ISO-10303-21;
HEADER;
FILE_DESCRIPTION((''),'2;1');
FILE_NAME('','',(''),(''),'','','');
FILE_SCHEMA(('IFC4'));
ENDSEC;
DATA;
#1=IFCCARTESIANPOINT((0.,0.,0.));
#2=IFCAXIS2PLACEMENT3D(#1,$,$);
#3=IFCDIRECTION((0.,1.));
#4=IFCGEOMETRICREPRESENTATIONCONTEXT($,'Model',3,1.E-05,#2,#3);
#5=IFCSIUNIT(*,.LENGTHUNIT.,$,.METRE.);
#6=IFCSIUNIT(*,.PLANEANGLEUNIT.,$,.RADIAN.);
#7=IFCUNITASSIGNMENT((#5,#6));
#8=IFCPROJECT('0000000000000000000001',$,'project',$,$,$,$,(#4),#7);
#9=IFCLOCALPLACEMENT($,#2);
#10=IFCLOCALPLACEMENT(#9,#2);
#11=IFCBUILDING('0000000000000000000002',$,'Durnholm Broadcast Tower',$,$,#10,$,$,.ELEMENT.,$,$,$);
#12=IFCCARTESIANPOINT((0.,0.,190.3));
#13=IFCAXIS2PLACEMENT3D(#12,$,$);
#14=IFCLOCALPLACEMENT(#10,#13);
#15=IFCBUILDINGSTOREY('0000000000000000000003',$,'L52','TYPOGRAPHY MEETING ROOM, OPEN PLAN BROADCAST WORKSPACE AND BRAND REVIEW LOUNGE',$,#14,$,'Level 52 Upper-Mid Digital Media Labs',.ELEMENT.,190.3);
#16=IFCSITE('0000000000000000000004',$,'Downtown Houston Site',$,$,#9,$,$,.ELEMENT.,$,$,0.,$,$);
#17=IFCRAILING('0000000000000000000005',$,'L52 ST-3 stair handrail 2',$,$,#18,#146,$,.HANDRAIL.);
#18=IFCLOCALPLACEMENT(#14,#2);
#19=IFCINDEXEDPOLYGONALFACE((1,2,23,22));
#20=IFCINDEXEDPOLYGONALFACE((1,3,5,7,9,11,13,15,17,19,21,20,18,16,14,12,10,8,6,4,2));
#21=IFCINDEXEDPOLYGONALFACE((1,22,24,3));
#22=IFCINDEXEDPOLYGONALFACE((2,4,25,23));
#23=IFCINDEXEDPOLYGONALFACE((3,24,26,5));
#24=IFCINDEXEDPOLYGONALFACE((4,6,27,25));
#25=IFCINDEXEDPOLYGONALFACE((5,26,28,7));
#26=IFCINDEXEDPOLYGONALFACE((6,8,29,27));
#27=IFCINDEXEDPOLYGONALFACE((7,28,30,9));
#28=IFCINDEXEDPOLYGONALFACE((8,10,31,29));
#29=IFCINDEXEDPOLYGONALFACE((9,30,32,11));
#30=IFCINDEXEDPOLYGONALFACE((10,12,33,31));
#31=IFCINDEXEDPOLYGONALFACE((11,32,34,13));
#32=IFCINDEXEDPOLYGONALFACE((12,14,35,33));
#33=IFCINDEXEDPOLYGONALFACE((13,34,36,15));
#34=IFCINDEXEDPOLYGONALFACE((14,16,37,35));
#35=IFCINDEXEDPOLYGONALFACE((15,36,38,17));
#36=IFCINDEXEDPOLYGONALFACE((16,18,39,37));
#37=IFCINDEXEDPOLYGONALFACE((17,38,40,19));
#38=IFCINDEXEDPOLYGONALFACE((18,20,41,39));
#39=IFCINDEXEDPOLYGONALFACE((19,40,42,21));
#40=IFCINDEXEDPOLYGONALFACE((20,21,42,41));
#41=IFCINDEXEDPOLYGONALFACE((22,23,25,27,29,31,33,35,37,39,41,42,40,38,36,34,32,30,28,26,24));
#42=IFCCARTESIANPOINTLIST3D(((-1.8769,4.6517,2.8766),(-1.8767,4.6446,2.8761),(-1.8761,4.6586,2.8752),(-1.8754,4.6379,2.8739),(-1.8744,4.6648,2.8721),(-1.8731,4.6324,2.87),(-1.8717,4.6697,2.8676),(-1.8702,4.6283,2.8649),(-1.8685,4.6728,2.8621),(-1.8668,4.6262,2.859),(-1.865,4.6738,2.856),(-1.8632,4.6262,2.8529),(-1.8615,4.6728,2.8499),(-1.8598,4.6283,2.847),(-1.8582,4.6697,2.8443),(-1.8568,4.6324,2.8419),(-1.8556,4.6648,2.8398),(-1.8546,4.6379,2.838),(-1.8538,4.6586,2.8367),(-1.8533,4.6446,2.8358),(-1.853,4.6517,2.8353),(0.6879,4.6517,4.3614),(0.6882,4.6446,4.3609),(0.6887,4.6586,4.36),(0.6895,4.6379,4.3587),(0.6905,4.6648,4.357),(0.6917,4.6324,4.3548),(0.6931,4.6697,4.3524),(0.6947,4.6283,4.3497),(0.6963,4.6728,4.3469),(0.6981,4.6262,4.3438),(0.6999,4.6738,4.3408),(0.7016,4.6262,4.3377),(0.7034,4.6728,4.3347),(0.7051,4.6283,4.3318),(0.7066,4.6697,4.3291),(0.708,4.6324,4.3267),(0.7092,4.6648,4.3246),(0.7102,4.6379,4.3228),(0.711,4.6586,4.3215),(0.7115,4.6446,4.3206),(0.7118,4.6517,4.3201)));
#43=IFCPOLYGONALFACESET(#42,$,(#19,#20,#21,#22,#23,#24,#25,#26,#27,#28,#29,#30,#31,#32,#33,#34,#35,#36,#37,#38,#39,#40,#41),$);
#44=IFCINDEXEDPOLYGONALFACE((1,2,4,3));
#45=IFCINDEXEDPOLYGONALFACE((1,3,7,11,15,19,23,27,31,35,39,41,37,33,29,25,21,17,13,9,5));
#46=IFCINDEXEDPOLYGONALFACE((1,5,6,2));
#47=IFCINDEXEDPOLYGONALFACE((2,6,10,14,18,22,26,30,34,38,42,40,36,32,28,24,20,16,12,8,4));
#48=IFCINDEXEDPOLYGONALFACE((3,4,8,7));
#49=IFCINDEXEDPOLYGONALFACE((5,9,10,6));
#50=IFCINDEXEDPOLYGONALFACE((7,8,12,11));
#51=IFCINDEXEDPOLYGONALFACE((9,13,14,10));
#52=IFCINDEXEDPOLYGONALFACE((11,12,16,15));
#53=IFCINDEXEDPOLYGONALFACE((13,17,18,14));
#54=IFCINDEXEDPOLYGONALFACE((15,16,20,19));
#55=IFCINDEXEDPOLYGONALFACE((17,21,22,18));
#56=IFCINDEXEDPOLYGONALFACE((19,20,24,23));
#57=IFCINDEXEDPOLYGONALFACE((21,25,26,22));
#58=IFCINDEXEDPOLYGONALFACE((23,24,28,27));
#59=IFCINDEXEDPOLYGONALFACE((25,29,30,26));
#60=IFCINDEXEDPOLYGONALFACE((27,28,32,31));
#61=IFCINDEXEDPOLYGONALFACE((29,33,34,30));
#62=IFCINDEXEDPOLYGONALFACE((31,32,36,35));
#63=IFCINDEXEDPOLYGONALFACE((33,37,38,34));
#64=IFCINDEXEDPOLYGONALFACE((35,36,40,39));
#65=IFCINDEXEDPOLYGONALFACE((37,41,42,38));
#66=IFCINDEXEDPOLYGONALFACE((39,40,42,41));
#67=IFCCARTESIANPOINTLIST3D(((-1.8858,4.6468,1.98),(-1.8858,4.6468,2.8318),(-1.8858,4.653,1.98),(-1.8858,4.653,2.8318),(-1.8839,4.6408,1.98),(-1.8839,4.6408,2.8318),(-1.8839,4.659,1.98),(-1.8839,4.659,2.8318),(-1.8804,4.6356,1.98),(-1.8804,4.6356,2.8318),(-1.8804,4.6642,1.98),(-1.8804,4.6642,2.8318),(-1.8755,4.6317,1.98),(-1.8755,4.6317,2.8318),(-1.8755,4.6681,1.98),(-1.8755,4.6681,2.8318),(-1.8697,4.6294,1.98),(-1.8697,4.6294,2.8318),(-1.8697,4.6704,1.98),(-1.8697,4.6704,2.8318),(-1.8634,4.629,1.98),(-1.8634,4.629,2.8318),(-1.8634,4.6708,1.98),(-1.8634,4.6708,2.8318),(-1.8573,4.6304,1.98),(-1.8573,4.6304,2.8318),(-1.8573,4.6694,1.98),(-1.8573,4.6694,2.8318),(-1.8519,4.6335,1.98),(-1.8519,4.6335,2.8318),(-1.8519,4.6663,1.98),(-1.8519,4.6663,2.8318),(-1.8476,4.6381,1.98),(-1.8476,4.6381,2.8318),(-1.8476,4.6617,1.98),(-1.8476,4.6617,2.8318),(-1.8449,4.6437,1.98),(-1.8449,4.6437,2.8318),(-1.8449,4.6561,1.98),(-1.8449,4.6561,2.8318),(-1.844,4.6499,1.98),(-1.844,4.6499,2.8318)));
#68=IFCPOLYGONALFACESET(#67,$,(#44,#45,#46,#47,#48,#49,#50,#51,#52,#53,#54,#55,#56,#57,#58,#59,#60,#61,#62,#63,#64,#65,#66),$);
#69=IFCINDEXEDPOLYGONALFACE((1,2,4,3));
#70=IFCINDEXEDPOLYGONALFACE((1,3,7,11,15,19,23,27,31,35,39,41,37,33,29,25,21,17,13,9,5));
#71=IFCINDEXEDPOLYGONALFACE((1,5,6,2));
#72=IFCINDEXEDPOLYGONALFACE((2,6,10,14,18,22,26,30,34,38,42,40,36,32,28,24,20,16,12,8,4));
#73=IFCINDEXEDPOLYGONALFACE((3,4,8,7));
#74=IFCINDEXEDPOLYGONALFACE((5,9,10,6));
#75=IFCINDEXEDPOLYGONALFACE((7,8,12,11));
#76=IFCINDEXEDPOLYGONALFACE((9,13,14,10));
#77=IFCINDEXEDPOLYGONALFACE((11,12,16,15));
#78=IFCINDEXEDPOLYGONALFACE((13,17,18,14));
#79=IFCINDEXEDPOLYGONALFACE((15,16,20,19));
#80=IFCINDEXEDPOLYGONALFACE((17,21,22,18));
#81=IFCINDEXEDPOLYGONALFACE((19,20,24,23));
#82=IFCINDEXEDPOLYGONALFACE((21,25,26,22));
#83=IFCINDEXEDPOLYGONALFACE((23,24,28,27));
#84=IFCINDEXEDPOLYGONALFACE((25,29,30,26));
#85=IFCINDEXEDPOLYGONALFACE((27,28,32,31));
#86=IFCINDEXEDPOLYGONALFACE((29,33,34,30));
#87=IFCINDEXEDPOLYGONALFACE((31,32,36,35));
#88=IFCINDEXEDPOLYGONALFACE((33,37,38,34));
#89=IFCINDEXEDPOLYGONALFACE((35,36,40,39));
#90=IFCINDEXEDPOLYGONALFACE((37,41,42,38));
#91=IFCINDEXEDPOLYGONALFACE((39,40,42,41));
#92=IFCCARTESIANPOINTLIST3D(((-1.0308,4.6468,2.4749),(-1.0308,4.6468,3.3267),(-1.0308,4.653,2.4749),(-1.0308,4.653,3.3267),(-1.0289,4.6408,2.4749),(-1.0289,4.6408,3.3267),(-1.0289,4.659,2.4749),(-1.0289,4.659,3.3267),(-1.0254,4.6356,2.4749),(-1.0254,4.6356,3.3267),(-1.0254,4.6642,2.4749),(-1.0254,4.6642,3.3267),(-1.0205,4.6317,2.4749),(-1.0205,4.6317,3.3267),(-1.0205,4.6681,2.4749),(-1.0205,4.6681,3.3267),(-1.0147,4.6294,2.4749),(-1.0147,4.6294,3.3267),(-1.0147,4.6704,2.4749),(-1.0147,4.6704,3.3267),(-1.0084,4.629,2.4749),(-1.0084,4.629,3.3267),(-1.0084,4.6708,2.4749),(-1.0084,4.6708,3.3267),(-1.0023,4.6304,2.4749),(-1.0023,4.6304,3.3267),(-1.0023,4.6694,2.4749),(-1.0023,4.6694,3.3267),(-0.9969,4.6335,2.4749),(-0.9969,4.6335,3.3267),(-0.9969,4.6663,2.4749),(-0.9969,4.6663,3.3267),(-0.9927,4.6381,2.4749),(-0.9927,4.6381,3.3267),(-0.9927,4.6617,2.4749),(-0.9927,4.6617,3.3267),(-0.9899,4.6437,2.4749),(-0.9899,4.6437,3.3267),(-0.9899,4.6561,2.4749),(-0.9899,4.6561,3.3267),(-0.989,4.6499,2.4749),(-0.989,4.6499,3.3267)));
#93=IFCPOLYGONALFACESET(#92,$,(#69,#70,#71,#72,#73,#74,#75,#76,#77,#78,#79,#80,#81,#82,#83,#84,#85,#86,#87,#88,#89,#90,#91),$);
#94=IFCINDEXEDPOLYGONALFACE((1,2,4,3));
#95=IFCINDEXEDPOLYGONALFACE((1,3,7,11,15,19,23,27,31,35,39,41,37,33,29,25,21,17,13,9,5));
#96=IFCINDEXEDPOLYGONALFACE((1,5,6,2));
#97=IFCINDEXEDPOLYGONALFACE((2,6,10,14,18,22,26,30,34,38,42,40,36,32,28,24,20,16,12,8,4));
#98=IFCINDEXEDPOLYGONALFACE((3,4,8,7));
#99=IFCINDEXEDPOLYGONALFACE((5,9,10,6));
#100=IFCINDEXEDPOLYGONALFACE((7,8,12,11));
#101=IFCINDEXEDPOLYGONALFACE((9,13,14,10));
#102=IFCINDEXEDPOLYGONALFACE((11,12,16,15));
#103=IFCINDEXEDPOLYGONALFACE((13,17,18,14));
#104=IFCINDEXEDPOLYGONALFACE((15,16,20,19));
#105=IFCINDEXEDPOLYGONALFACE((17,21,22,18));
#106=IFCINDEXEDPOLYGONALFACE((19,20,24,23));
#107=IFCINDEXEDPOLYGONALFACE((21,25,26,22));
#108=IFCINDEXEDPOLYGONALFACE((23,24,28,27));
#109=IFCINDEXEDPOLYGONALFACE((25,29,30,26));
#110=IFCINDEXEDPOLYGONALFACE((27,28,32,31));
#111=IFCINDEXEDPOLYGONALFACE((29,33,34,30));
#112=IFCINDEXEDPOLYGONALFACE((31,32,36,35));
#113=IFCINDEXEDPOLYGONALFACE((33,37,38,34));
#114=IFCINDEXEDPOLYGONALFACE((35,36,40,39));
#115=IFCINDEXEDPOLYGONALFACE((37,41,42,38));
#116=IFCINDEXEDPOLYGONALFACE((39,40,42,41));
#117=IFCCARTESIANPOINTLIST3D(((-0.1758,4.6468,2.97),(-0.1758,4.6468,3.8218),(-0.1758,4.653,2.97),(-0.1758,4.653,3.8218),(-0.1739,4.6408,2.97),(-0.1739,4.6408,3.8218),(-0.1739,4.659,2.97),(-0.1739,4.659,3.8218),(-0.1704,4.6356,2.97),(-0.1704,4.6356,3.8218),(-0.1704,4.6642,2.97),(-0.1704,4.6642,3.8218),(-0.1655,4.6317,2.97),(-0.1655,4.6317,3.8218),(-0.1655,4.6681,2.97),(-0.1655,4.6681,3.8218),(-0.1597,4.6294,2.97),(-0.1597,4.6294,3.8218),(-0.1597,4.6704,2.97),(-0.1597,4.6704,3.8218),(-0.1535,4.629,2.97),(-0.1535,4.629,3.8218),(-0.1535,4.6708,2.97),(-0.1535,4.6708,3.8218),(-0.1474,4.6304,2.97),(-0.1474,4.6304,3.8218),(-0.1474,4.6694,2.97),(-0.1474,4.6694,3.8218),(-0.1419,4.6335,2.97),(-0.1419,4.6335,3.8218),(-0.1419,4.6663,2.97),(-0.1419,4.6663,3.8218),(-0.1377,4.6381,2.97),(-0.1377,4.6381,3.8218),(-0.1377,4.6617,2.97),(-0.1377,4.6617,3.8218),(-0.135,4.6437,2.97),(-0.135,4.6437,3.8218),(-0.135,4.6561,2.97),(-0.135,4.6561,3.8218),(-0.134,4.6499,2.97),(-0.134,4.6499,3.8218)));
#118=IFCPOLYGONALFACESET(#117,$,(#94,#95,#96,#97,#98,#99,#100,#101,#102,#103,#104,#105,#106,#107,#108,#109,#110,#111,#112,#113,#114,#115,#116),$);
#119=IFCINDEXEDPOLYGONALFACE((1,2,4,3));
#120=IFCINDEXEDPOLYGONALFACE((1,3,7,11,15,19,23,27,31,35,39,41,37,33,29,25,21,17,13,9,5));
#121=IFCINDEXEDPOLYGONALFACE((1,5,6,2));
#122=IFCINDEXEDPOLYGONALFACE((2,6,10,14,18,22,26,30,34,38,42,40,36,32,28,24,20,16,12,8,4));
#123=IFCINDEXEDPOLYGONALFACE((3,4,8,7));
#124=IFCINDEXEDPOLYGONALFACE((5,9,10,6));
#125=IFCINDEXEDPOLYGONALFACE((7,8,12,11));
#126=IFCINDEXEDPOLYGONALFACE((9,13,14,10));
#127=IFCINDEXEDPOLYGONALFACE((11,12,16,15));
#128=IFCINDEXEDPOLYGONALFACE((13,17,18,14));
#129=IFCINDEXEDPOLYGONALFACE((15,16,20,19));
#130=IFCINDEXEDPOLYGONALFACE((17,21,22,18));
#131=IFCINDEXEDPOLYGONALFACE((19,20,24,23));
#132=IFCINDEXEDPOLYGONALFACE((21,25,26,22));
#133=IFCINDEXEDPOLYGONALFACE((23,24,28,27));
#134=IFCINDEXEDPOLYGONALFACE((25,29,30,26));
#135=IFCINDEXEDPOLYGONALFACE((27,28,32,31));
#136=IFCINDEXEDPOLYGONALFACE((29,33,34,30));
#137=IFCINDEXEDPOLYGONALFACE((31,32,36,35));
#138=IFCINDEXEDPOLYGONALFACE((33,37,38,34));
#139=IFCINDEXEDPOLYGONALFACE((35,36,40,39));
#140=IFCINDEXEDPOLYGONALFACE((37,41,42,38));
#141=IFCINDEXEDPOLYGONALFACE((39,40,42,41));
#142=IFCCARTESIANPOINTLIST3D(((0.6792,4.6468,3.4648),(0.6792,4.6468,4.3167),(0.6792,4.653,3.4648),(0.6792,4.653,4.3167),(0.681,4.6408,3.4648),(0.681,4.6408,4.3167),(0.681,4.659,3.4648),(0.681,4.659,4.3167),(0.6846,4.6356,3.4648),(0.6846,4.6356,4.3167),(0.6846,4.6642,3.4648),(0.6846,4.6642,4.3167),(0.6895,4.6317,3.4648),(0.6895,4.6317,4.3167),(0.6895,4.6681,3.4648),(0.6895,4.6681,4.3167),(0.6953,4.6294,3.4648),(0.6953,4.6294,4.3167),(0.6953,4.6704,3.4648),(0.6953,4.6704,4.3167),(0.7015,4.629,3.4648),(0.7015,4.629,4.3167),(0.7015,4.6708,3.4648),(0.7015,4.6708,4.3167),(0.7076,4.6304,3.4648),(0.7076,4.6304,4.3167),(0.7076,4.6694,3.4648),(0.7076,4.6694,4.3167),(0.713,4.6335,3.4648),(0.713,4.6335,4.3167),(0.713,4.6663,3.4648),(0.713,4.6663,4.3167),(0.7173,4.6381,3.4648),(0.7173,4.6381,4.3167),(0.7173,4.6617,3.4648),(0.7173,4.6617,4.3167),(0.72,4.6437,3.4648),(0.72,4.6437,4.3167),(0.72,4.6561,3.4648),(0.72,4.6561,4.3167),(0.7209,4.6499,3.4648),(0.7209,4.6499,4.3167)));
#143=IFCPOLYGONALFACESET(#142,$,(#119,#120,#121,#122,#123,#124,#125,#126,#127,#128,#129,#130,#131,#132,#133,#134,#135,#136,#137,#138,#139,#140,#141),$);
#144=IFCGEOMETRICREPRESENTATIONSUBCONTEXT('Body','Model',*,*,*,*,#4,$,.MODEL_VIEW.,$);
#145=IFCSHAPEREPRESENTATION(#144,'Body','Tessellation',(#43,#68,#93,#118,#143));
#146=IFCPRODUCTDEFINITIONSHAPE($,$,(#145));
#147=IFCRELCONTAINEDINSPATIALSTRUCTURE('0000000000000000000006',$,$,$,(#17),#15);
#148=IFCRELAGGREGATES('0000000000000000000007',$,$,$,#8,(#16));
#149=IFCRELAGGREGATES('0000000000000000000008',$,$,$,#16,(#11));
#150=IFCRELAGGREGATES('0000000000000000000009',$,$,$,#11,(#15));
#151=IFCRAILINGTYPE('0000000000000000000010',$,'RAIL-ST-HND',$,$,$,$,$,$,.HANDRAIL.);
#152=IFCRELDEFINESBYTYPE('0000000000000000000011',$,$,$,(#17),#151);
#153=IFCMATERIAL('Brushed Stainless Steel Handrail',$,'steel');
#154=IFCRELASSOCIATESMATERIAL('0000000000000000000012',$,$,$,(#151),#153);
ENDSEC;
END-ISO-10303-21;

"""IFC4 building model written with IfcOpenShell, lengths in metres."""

from ifc_helpers import new_model, si_unit, direction, frame, origin, origin_2d, place, context, subcontext, project, spatial, circle, extrude, material, type_object, element, save


model = new_model("IFC4")

# Units and contexts
model_context = context("Model", 3, precision=1e-05, world=origin(), true_north=direction((0.0, 1.0)))
body_context = subcontext(model_context, "Body", "Model", "MODEL_VIEW")
ifc_project = project(units=[si_unit("LENGTHUNIT", "METRE"), si_unit("PLANEANGLEUNIT", "RADIAN")], contexts=[model_context])

# Site, building, storey
site_placement = place(None, origin())
site = spatial("IfcSite", under=ifc_project, at=site_placement, Name="Downtown Houston Site", CompositionType="ELEMENT", RefElevation=0.0)
building_placement = place(site_placement, origin())
building = spatial("IfcBuilding", under=site, at=building_placement, Name="Durnholm Broadcast Tower", CompositionType="ELEMENT")
storey_placement = place(building_placement, frame((0.0, 0.0, 190.3)))
storey = spatial("IfcBuildingStorey", under=building, at=storey_placement, Name="L52", Description="TYPOGRAPHY MEETING ROOM, OPEN PLAN BROADCAST WORKSPACE AND BRAND REVIEW LOUNGE", LongName="Level 52 Upper-Mid Digital Media Labs", CompositionType="ELEMENT", Elevation=190.3)

# Railing
ifc_material_1 = material(Name="Brushed Stainless Steel Handrail", Category="steel")
railing_type_1 = type_object("IfcRailingType", Name="RAIL-ST-HND", PredefinedType="HANDRAIL", material=ifc_material_1)
railing_1_placement = place(storey_placement, frame((-1.865, 4.6499, 1.98)))
element("IfcRailing", 1, at=railing_1_placement, inside=storey, type_object=railing_type_1, Name="L52 ST-3 stair handrail 2", PredefinedType="HANDRAIL", context=body_context, shape_type="SweptSolid", body=[
    extrude(circle(Radius=0.0239, at=origin_2d()), frame((0.0, 0.0, 0.876), z_axis=(0.865441, 0.0, 0.50101), x_axis=(0.0, 1.0, 0.0)), (0.0, 0.0, 1.0), 2.9636),
    extrude(circle(Radius=0.021, at=origin_2d()), origin(), (0.0, 0.0, 1.0), 0.8518),
    extrude(circle(Radius=0.021, at=origin_2d()), frame((0.855, 0.0, 0.4949)), (0.0, 0.0, 1.0), 0.8518),
    extrude(circle(Radius=0.021, at=origin_2d()), frame((1.71, 0.0, 0.99)), (0.0, 0.0, 1.0), 0.8518),
    extrude(circle(Radius=0.021, at=origin_2d()), frame((2.5649, 0.0, 1.4849)), (0.0, 0.0, 1.0), 0.8518),
])

save(model, "model.ifc")
